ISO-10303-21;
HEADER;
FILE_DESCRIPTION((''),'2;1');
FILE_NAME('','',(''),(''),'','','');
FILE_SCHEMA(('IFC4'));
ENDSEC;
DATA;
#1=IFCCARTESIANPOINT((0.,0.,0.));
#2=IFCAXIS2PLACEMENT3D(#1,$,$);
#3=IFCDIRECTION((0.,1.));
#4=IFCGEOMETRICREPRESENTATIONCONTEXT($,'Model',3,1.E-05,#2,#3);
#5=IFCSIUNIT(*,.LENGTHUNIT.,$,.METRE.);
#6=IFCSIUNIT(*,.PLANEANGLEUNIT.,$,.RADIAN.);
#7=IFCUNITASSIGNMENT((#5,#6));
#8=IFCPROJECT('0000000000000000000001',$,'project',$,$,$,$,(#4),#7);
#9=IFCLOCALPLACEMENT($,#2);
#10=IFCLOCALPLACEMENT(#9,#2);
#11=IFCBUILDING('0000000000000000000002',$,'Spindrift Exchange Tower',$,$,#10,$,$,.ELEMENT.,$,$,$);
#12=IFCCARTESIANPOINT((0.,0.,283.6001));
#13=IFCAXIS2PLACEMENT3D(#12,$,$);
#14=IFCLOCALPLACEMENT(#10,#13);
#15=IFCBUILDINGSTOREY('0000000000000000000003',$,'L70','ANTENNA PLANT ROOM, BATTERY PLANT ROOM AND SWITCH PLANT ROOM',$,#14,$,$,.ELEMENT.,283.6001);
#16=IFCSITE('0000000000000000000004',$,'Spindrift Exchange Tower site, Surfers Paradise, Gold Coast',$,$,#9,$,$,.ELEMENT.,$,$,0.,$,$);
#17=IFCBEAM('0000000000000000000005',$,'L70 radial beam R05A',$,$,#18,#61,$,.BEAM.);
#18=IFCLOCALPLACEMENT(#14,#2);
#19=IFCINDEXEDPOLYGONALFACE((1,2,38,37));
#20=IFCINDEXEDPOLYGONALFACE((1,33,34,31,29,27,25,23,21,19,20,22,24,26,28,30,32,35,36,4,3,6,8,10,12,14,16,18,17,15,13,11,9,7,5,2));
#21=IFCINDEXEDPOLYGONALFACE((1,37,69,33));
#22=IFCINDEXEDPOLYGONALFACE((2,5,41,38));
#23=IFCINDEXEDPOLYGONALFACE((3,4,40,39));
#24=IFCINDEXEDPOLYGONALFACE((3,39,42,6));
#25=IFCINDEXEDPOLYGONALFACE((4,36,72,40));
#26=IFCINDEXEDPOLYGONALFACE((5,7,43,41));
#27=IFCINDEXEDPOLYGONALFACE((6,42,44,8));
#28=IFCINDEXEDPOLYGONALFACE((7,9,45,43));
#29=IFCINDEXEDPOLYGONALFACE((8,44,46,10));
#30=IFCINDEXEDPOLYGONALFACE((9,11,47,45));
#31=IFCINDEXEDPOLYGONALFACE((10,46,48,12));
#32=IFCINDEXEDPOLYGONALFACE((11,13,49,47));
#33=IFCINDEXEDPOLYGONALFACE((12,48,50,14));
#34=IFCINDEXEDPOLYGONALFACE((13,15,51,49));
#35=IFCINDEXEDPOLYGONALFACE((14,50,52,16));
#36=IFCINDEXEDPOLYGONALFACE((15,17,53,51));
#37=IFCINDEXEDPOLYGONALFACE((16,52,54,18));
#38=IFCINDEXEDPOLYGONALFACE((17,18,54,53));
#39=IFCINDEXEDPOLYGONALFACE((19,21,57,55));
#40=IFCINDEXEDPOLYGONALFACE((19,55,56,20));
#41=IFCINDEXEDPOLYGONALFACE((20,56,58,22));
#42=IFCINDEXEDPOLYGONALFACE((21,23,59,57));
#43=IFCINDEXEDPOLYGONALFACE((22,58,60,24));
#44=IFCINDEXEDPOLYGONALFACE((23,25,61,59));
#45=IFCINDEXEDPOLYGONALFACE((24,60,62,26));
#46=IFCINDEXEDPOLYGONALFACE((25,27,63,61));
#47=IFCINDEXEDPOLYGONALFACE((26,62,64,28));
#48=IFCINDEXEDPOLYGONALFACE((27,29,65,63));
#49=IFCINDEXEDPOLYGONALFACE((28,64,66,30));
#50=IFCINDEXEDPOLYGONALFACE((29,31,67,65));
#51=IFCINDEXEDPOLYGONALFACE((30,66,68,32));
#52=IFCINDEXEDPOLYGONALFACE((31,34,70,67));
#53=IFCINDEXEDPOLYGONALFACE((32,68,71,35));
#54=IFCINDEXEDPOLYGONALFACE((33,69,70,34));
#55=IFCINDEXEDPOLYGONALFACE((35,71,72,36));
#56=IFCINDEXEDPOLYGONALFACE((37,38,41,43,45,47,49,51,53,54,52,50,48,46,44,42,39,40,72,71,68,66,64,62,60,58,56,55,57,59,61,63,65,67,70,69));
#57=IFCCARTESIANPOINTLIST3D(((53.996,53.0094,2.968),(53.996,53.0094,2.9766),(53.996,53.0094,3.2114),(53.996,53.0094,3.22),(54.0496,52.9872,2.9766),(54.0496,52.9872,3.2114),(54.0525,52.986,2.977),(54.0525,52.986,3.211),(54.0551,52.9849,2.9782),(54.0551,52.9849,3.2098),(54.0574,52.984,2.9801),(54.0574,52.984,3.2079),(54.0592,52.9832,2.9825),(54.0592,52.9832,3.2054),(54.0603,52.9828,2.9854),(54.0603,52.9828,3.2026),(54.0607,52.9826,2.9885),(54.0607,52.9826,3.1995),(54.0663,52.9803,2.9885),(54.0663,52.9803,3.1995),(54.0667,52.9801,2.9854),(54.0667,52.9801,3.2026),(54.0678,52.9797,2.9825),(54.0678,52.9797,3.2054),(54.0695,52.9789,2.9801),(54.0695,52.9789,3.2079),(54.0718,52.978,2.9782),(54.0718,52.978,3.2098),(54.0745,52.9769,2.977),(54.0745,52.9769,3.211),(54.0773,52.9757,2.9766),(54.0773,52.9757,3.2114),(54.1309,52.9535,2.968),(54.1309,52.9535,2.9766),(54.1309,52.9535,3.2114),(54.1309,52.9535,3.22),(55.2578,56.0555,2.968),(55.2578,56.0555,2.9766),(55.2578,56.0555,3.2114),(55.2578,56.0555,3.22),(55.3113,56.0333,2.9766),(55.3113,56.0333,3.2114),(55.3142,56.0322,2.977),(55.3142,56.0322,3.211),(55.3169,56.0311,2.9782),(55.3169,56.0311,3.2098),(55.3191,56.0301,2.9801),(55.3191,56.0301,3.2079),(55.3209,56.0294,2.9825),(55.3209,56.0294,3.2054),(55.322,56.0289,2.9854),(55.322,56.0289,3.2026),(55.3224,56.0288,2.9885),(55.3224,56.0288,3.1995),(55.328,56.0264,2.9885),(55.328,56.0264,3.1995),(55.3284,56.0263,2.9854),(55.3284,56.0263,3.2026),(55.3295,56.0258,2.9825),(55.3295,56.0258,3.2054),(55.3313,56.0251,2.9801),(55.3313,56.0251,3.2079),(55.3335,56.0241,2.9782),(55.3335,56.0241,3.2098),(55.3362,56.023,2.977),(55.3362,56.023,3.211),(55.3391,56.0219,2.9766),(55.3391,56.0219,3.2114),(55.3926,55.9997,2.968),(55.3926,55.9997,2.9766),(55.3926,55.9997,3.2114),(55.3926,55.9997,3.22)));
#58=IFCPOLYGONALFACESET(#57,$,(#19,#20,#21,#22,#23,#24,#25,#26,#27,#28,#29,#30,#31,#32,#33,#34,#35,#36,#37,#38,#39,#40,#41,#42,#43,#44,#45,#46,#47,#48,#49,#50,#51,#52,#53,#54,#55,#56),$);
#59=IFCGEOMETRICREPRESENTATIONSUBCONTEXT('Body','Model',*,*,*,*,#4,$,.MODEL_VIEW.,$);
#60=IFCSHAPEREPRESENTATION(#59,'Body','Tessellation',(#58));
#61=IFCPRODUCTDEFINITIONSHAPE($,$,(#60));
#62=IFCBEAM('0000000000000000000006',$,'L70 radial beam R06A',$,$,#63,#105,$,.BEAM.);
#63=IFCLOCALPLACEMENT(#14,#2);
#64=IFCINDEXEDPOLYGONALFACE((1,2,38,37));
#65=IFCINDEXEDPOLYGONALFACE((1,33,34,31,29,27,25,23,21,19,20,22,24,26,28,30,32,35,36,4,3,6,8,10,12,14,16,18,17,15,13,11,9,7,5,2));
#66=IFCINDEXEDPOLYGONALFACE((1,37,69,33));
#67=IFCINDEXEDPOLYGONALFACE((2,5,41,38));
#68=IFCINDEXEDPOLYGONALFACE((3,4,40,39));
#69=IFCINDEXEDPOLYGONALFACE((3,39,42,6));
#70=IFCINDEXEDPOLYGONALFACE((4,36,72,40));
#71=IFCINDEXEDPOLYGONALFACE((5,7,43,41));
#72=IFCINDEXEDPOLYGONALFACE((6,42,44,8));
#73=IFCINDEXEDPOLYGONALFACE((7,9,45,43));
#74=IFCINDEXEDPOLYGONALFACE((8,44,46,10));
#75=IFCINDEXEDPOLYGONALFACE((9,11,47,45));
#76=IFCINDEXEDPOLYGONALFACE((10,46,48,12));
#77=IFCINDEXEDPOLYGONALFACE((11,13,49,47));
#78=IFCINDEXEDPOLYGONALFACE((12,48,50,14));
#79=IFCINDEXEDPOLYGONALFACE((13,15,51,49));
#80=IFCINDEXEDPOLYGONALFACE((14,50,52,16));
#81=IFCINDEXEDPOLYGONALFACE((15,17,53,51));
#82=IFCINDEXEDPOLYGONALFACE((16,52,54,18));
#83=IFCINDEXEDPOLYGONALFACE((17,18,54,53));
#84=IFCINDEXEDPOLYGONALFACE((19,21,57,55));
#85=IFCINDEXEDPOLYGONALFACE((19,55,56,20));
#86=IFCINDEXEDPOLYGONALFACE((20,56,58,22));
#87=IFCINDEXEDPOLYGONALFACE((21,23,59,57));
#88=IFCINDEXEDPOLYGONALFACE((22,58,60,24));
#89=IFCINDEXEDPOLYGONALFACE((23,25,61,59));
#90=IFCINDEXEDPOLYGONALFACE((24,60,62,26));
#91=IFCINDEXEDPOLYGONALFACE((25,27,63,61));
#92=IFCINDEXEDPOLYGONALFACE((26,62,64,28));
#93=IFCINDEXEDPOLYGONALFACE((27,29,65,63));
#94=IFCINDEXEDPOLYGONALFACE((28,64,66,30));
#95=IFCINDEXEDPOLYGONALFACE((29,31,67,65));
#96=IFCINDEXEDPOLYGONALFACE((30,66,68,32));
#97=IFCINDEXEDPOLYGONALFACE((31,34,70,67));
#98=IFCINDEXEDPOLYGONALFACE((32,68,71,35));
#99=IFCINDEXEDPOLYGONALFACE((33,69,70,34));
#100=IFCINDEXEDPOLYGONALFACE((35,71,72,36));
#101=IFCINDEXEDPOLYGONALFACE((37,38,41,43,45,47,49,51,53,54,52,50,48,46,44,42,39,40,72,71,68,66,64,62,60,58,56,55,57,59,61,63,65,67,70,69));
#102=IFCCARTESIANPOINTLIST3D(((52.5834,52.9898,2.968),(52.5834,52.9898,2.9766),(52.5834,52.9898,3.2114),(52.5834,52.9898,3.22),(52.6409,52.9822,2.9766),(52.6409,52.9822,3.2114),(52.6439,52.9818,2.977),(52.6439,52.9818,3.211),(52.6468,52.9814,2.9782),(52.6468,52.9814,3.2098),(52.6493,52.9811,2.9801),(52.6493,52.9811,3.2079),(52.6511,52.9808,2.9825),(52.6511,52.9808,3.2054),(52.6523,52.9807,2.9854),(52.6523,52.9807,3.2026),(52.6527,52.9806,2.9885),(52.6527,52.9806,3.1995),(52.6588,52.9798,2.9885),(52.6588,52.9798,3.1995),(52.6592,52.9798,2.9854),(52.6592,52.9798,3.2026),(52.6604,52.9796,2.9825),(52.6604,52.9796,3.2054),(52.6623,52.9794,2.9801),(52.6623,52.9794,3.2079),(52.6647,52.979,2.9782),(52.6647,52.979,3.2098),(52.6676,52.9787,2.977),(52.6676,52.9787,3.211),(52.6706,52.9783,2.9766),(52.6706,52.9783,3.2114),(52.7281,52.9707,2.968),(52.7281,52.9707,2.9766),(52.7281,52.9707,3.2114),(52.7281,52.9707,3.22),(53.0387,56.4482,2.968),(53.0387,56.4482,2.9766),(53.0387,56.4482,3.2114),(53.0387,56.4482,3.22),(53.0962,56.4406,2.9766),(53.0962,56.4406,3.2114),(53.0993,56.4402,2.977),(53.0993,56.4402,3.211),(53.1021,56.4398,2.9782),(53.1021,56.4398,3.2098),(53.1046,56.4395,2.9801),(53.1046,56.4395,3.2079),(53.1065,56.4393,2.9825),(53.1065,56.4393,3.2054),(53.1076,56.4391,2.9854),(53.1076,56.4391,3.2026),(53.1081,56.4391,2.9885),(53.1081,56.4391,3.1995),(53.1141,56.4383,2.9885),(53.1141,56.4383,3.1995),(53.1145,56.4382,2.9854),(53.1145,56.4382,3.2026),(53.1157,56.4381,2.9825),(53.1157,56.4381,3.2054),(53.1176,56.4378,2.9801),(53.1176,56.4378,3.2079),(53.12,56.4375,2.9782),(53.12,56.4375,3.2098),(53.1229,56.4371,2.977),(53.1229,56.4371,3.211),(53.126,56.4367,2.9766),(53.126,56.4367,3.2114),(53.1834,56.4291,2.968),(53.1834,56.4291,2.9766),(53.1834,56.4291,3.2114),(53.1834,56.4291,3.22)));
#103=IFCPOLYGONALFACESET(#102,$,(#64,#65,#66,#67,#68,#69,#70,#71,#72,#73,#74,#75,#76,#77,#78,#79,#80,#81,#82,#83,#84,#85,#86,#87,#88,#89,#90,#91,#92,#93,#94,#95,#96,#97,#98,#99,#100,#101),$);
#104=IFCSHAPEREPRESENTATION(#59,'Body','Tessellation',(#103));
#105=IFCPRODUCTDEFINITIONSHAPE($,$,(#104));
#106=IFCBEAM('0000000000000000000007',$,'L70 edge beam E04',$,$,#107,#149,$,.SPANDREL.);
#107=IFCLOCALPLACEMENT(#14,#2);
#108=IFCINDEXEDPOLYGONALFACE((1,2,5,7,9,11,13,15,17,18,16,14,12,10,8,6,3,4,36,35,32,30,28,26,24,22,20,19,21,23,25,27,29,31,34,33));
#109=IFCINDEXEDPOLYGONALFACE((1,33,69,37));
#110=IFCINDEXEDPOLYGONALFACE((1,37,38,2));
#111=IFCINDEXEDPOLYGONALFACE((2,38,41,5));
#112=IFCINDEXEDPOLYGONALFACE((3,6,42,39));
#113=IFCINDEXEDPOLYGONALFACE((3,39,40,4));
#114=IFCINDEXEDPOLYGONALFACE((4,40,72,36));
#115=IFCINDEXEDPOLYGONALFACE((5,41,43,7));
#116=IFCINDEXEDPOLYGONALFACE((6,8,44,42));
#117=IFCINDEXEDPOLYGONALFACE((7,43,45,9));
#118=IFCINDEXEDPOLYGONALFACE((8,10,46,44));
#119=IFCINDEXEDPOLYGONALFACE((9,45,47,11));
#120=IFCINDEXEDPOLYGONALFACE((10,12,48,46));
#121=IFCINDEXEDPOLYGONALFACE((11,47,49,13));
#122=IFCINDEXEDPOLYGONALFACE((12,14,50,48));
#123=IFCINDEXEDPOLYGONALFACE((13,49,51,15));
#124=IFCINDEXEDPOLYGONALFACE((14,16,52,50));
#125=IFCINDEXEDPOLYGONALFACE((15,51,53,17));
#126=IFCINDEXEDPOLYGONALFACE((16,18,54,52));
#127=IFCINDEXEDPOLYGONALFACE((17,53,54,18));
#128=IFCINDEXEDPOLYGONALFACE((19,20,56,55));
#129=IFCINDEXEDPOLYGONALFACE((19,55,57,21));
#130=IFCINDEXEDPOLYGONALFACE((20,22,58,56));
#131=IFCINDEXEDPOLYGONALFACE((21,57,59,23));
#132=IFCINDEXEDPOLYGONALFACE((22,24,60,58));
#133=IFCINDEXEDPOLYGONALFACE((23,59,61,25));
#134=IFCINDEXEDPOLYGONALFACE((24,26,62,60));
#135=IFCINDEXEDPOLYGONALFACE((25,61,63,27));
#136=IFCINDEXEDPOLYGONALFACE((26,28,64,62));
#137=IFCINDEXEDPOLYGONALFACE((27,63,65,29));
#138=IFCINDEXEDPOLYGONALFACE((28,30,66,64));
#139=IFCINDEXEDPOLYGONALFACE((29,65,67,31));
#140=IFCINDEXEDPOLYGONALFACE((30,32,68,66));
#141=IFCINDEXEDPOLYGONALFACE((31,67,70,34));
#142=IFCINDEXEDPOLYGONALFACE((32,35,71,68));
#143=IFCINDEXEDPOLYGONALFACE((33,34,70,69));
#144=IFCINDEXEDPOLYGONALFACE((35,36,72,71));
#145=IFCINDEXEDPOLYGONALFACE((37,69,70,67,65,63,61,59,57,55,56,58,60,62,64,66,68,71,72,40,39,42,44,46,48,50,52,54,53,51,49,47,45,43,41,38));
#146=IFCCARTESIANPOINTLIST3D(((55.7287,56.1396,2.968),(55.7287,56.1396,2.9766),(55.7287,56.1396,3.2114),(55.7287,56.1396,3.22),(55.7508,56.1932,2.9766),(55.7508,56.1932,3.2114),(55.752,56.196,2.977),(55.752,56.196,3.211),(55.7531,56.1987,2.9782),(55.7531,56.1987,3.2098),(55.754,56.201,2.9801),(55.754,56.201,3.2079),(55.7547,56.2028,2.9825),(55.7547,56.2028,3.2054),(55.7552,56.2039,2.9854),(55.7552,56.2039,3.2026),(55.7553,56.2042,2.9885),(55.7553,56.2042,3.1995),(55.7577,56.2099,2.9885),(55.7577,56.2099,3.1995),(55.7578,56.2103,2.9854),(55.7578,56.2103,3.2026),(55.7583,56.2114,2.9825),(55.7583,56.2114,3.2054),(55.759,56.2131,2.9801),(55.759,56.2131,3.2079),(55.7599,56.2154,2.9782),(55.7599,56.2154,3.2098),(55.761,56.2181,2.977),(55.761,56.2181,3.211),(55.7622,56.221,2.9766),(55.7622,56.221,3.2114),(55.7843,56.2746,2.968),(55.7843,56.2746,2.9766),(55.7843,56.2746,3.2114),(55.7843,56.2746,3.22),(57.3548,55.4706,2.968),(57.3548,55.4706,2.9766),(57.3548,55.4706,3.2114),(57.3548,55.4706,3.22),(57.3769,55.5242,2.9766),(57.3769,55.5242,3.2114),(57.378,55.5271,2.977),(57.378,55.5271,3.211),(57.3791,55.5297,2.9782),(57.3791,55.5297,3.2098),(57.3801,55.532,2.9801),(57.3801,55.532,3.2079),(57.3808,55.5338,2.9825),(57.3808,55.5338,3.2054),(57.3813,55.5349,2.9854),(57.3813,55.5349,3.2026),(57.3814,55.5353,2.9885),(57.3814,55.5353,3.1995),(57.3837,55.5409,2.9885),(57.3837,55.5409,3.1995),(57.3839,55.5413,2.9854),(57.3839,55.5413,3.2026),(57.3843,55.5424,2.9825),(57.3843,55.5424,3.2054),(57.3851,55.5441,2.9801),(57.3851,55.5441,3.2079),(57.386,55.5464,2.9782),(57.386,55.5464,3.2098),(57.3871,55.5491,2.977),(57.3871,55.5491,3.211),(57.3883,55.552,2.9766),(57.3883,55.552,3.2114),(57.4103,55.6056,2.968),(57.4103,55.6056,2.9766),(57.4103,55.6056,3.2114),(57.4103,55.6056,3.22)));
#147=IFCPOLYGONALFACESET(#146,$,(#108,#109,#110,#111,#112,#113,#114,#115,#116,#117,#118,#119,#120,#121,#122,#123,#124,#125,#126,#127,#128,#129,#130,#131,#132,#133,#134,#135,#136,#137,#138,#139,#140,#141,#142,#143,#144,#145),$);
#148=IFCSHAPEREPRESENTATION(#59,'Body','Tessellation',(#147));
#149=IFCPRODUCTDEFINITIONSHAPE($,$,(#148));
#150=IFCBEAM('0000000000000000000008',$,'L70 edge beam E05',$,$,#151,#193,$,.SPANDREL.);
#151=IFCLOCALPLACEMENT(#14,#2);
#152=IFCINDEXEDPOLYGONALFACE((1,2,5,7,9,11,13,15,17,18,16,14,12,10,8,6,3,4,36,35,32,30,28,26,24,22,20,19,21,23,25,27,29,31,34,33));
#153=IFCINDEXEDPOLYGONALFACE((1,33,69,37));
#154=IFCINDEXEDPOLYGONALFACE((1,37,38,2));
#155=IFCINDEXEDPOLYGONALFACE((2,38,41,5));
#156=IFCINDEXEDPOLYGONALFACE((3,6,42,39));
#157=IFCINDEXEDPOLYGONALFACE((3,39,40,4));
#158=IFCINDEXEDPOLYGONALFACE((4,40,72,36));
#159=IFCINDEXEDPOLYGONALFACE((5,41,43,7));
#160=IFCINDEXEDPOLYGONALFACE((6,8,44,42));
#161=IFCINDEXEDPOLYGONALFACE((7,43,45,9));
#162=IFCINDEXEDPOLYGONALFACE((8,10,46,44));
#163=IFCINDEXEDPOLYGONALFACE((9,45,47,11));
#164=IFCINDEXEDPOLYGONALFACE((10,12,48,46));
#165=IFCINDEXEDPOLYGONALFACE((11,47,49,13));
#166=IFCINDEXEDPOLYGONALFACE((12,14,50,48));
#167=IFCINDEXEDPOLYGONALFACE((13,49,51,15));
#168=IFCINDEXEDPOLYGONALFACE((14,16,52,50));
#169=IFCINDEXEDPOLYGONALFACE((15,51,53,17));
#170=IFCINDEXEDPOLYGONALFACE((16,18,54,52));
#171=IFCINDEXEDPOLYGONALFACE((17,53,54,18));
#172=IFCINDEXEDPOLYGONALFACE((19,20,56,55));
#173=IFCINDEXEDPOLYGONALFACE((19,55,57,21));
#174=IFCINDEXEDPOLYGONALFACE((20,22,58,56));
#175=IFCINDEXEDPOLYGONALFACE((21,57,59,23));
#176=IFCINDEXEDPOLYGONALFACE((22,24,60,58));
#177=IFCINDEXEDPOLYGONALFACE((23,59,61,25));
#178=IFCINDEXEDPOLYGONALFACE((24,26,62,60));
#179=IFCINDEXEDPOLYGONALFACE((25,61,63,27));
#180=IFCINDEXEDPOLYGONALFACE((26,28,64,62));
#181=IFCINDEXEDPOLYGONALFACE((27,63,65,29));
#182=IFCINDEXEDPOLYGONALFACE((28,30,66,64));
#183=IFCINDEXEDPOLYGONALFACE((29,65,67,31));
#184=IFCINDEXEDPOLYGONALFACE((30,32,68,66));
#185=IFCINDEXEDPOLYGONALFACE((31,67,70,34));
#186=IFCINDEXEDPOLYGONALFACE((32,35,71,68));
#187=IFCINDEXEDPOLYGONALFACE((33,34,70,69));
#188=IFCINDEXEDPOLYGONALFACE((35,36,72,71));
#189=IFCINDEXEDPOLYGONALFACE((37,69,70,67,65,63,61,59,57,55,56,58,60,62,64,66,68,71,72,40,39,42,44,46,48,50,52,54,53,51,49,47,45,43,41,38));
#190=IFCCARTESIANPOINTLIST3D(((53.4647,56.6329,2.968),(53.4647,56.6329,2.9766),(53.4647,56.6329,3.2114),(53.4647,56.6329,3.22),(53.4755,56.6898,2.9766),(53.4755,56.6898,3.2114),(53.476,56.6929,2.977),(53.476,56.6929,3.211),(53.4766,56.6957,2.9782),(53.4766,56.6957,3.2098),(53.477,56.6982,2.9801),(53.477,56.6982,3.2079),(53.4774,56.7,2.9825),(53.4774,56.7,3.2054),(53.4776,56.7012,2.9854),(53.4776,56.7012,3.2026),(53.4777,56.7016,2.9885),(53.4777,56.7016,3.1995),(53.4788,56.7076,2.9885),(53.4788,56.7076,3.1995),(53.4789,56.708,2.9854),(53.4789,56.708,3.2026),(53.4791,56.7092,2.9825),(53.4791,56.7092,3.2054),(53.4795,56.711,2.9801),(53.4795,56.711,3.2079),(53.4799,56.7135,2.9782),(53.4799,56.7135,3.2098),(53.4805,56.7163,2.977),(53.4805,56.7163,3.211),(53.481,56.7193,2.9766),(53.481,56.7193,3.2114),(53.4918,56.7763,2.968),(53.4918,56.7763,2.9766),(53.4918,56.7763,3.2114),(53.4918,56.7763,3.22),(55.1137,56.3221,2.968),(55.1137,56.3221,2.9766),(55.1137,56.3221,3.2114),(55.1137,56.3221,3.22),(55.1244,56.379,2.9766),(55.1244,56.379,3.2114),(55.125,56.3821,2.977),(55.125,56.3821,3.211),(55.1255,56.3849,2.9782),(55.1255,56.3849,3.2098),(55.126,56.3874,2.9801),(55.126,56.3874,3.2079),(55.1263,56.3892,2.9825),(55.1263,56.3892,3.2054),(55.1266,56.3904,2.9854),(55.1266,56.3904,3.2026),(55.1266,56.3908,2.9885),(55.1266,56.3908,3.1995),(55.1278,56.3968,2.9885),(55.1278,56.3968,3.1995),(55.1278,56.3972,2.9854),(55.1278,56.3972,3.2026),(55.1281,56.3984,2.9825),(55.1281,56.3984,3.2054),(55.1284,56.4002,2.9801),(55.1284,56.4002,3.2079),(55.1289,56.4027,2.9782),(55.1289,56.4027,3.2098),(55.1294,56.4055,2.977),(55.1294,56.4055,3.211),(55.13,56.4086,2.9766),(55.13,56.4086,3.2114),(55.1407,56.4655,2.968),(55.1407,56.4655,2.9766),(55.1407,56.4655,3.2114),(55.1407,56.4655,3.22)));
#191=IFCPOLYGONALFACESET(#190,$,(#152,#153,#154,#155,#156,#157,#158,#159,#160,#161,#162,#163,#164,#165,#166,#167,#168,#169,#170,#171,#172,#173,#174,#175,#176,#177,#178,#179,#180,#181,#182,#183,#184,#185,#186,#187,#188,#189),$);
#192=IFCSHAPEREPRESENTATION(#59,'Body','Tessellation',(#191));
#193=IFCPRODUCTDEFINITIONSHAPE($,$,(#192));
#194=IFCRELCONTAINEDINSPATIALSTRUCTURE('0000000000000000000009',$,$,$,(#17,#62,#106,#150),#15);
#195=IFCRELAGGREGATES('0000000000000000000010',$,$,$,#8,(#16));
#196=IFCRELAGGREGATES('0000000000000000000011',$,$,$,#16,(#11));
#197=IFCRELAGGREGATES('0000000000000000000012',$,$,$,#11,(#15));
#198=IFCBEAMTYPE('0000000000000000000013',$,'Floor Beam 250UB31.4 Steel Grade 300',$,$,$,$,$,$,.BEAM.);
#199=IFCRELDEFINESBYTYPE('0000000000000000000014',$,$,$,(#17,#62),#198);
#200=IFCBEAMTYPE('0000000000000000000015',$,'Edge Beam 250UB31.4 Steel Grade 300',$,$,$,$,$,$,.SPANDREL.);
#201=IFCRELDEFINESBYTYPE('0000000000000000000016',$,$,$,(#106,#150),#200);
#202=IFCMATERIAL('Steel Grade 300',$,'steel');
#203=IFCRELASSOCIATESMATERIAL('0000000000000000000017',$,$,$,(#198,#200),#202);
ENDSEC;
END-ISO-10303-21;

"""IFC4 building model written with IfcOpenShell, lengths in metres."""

from ifc_helpers import new_model, si_unit, direction, frame, origin, origin_2d, place, context, subcontext, project, spatial, i_section, extrude, source, transform, mapped, material, material_profile, profile_set, type_object, element, save


model = new_model("IFC4")

# Units and contexts
model_context = context("Model", 3, precision=1e-05, world=origin(), true_north=direction((0.0, 1.0)))
body_context = subcontext(model_context, "Body", "Model", "MODEL_VIEW")
ifc_project = project(units=[si_unit("LENGTHUNIT", "METRE"), si_unit("PLANEANGLEUNIT", "RADIAN")], contexts=[model_context])

# Site, building, storey
site_placement = place(None, origin())
site = spatial("IfcSite", under=ifc_project, at=site_placement, Name="Spindrift Exchange Tower site, Surfers Paradise, Gold Coast", CompositionType="ELEMENT", RefElevation=0.0)
building_placement = place(site_placement, origin())
building = spatial("IfcBuilding", under=site, at=building_placement, Name="Spindrift Exchange Tower", CompositionType="ELEMENT")
storey_placement = place(building_placement, frame((0.0, 0.0, 283.6001)))
storey = spatial("IfcBuildingStorey", under=building, at=storey_placement, Name="L70", Description="ANTENNA PLANT ROOM, BATTERY PLANT ROOM AND SWITCH PLANT ROOM", CompositionType="ELEMENT", Elevation=283.6001)

# Beams
ifc_material_1 = material(Name="Steel Grade 300", Category="steel")
ifc_material_profile_1 = material_profile(ifc_material_1, i_section(OverallWidth=0.146, OverallDepth=0.252, WebThickness=0.0061, FlangeThickness=0.0085, FilletRadius=0.012, at=origin_2d()), Name="250UB31.4")
ifc_profile_set_1 = profile_set([ifc_material_profile_1], Name="Steel Grade 300")
beam_type_1 = type_object("IfcBeamType", Name="Floor Beam 250UB31.4 Steel Grade 300", PredefinedType="BEAM", material=ifc_profile_set_1)
shared_shape_1 = source(origin(), body_context, "Body", "SweptSolid", [
    extrude(i_section(OverallWidth=0.146, OverallDepth=0.252, WebThickness=0.0061, FlangeThickness=0.0085, FilletRadius=0.012, at=origin_2d()), origin(), (0.0, 0.0, 1.0), 3.2971),
])
beam_1_placement = place(storey_placement, frame((54.0635, 52.9814, 3.094), z_axis=(0.382674, 0.923883, 0.0), x_axis=(-0.923883, 0.382674, 0.0)))
element("IfcBeam", 1, at=beam_1_placement, inside=storey, type_object=beam_type_1, Name="L70 radial beam R05A", PredefinedType="BEAM", context=body_context, shape_type="MappedRepresentation", body=[
    mapped(shared_shape_1, transform((0.0, 0.0, 0.0), scale=1.0)),
])
shared_shape_2 = source(origin(), body_context, "Body", "SweptSolid", [
    extrude(i_section(OverallWidth=0.146, OverallDepth=0.252, WebThickness=0.0061, FlangeThickness=0.0085, FilletRadius=0.012, at=origin_2d()), origin(), (0.0, 0.0, 1.0), 3.4883),
])
beam_2_placement = place(storey_placement, frame((52.6558, 52.9802, 3.094), z_axis=(0.130527, 0.991445, 0.0), x_axis=(-0.991445, 0.130527, 0.0)))
element("IfcBeam", 2, at=beam_2_placement, inside=storey, type_object=beam_type_1, Name="L70 radial beam R06A", PredefinedType="BEAM", context=body_context, shape_type="MappedRepresentation", body=[
    mapped(shared_shape_2, transform((0.0, 0.0, 0.0), scale=1.0)),
])
ifc_material_profile_2 = material_profile(ifc_material_1, i_section(OverallWidth=0.146, OverallDepth=0.252, WebThickness=0.0061, FlangeThickness=0.0085, FilletRadius=0.012, at=origin_2d()), Name="250UB31.4")
ifc_profile_set_2 = profile_set([ifc_material_profile_2], Name="Steel Grade 300")
beam_type_2 = type_object("IfcBeamType", Name="Edge Beam 250UB31.4 Steel Grade 300", PredefinedType="SPANDREL", material=ifc_profile_set_2)
shared_shape_3 = source(origin(), body_context, "Body", "SweptSolid", [
    extrude(i_section(OverallWidth=0.146, OverallDepth=0.252, WebThickness=0.0061, FlangeThickness=0.0085, FilletRadius=0.012, at=origin_2d()), origin(), (0.0, 0.0, 1.0), 1.7583),
])
beam_3_placement = place(storey_placement, frame((57.3826, 55.5381, 3.094), z_axis=(-0.924793, 0.38047, 0.0), x_axis=(-0.38047, -0.924793, 0.0)))
element("IfcBeam", 3, at=beam_3_placement, inside=storey, type_object=beam_type_2, Name="L70 edge beam E04", PredefinedType="SPANDREL", context=body_context, shape_type="MappedRepresentation", body=[
    mapped(shared_shape_3, transform((0.0, 0.0, 0.0), scale=1.0)),
])
shared_shape_4 = source(origin(), body_context, "Body", "SweptSolid", [
    extrude(i_section(OverallWidth=0.146, OverallDepth=0.252, WebThickness=0.0061, FlangeThickness=0.0085, FilletRadius=0.012, at=origin_2d()), origin(), (0.0, 0.0, 1.0), 1.678),
])
beam_4_placement = place(storey_placement, frame((55.1272, 56.3938, 3.094), z_axis=(-0.982697, 0.18522, 0.0), x_axis=(-0.18522, -0.982697, 0.0)))
element("IfcBeam", 4, at=beam_4_placement, inside=storey, type_object=beam_type_2, Name="L70 edge beam E05", PredefinedType="SPANDREL", context=body_context, shape_type="MappedRepresentation", body=[
    mapped(shared_shape_4, transform((0.0, 0.0, 0.0), scale=1.0)),
])

save(model, "model.ifc")
